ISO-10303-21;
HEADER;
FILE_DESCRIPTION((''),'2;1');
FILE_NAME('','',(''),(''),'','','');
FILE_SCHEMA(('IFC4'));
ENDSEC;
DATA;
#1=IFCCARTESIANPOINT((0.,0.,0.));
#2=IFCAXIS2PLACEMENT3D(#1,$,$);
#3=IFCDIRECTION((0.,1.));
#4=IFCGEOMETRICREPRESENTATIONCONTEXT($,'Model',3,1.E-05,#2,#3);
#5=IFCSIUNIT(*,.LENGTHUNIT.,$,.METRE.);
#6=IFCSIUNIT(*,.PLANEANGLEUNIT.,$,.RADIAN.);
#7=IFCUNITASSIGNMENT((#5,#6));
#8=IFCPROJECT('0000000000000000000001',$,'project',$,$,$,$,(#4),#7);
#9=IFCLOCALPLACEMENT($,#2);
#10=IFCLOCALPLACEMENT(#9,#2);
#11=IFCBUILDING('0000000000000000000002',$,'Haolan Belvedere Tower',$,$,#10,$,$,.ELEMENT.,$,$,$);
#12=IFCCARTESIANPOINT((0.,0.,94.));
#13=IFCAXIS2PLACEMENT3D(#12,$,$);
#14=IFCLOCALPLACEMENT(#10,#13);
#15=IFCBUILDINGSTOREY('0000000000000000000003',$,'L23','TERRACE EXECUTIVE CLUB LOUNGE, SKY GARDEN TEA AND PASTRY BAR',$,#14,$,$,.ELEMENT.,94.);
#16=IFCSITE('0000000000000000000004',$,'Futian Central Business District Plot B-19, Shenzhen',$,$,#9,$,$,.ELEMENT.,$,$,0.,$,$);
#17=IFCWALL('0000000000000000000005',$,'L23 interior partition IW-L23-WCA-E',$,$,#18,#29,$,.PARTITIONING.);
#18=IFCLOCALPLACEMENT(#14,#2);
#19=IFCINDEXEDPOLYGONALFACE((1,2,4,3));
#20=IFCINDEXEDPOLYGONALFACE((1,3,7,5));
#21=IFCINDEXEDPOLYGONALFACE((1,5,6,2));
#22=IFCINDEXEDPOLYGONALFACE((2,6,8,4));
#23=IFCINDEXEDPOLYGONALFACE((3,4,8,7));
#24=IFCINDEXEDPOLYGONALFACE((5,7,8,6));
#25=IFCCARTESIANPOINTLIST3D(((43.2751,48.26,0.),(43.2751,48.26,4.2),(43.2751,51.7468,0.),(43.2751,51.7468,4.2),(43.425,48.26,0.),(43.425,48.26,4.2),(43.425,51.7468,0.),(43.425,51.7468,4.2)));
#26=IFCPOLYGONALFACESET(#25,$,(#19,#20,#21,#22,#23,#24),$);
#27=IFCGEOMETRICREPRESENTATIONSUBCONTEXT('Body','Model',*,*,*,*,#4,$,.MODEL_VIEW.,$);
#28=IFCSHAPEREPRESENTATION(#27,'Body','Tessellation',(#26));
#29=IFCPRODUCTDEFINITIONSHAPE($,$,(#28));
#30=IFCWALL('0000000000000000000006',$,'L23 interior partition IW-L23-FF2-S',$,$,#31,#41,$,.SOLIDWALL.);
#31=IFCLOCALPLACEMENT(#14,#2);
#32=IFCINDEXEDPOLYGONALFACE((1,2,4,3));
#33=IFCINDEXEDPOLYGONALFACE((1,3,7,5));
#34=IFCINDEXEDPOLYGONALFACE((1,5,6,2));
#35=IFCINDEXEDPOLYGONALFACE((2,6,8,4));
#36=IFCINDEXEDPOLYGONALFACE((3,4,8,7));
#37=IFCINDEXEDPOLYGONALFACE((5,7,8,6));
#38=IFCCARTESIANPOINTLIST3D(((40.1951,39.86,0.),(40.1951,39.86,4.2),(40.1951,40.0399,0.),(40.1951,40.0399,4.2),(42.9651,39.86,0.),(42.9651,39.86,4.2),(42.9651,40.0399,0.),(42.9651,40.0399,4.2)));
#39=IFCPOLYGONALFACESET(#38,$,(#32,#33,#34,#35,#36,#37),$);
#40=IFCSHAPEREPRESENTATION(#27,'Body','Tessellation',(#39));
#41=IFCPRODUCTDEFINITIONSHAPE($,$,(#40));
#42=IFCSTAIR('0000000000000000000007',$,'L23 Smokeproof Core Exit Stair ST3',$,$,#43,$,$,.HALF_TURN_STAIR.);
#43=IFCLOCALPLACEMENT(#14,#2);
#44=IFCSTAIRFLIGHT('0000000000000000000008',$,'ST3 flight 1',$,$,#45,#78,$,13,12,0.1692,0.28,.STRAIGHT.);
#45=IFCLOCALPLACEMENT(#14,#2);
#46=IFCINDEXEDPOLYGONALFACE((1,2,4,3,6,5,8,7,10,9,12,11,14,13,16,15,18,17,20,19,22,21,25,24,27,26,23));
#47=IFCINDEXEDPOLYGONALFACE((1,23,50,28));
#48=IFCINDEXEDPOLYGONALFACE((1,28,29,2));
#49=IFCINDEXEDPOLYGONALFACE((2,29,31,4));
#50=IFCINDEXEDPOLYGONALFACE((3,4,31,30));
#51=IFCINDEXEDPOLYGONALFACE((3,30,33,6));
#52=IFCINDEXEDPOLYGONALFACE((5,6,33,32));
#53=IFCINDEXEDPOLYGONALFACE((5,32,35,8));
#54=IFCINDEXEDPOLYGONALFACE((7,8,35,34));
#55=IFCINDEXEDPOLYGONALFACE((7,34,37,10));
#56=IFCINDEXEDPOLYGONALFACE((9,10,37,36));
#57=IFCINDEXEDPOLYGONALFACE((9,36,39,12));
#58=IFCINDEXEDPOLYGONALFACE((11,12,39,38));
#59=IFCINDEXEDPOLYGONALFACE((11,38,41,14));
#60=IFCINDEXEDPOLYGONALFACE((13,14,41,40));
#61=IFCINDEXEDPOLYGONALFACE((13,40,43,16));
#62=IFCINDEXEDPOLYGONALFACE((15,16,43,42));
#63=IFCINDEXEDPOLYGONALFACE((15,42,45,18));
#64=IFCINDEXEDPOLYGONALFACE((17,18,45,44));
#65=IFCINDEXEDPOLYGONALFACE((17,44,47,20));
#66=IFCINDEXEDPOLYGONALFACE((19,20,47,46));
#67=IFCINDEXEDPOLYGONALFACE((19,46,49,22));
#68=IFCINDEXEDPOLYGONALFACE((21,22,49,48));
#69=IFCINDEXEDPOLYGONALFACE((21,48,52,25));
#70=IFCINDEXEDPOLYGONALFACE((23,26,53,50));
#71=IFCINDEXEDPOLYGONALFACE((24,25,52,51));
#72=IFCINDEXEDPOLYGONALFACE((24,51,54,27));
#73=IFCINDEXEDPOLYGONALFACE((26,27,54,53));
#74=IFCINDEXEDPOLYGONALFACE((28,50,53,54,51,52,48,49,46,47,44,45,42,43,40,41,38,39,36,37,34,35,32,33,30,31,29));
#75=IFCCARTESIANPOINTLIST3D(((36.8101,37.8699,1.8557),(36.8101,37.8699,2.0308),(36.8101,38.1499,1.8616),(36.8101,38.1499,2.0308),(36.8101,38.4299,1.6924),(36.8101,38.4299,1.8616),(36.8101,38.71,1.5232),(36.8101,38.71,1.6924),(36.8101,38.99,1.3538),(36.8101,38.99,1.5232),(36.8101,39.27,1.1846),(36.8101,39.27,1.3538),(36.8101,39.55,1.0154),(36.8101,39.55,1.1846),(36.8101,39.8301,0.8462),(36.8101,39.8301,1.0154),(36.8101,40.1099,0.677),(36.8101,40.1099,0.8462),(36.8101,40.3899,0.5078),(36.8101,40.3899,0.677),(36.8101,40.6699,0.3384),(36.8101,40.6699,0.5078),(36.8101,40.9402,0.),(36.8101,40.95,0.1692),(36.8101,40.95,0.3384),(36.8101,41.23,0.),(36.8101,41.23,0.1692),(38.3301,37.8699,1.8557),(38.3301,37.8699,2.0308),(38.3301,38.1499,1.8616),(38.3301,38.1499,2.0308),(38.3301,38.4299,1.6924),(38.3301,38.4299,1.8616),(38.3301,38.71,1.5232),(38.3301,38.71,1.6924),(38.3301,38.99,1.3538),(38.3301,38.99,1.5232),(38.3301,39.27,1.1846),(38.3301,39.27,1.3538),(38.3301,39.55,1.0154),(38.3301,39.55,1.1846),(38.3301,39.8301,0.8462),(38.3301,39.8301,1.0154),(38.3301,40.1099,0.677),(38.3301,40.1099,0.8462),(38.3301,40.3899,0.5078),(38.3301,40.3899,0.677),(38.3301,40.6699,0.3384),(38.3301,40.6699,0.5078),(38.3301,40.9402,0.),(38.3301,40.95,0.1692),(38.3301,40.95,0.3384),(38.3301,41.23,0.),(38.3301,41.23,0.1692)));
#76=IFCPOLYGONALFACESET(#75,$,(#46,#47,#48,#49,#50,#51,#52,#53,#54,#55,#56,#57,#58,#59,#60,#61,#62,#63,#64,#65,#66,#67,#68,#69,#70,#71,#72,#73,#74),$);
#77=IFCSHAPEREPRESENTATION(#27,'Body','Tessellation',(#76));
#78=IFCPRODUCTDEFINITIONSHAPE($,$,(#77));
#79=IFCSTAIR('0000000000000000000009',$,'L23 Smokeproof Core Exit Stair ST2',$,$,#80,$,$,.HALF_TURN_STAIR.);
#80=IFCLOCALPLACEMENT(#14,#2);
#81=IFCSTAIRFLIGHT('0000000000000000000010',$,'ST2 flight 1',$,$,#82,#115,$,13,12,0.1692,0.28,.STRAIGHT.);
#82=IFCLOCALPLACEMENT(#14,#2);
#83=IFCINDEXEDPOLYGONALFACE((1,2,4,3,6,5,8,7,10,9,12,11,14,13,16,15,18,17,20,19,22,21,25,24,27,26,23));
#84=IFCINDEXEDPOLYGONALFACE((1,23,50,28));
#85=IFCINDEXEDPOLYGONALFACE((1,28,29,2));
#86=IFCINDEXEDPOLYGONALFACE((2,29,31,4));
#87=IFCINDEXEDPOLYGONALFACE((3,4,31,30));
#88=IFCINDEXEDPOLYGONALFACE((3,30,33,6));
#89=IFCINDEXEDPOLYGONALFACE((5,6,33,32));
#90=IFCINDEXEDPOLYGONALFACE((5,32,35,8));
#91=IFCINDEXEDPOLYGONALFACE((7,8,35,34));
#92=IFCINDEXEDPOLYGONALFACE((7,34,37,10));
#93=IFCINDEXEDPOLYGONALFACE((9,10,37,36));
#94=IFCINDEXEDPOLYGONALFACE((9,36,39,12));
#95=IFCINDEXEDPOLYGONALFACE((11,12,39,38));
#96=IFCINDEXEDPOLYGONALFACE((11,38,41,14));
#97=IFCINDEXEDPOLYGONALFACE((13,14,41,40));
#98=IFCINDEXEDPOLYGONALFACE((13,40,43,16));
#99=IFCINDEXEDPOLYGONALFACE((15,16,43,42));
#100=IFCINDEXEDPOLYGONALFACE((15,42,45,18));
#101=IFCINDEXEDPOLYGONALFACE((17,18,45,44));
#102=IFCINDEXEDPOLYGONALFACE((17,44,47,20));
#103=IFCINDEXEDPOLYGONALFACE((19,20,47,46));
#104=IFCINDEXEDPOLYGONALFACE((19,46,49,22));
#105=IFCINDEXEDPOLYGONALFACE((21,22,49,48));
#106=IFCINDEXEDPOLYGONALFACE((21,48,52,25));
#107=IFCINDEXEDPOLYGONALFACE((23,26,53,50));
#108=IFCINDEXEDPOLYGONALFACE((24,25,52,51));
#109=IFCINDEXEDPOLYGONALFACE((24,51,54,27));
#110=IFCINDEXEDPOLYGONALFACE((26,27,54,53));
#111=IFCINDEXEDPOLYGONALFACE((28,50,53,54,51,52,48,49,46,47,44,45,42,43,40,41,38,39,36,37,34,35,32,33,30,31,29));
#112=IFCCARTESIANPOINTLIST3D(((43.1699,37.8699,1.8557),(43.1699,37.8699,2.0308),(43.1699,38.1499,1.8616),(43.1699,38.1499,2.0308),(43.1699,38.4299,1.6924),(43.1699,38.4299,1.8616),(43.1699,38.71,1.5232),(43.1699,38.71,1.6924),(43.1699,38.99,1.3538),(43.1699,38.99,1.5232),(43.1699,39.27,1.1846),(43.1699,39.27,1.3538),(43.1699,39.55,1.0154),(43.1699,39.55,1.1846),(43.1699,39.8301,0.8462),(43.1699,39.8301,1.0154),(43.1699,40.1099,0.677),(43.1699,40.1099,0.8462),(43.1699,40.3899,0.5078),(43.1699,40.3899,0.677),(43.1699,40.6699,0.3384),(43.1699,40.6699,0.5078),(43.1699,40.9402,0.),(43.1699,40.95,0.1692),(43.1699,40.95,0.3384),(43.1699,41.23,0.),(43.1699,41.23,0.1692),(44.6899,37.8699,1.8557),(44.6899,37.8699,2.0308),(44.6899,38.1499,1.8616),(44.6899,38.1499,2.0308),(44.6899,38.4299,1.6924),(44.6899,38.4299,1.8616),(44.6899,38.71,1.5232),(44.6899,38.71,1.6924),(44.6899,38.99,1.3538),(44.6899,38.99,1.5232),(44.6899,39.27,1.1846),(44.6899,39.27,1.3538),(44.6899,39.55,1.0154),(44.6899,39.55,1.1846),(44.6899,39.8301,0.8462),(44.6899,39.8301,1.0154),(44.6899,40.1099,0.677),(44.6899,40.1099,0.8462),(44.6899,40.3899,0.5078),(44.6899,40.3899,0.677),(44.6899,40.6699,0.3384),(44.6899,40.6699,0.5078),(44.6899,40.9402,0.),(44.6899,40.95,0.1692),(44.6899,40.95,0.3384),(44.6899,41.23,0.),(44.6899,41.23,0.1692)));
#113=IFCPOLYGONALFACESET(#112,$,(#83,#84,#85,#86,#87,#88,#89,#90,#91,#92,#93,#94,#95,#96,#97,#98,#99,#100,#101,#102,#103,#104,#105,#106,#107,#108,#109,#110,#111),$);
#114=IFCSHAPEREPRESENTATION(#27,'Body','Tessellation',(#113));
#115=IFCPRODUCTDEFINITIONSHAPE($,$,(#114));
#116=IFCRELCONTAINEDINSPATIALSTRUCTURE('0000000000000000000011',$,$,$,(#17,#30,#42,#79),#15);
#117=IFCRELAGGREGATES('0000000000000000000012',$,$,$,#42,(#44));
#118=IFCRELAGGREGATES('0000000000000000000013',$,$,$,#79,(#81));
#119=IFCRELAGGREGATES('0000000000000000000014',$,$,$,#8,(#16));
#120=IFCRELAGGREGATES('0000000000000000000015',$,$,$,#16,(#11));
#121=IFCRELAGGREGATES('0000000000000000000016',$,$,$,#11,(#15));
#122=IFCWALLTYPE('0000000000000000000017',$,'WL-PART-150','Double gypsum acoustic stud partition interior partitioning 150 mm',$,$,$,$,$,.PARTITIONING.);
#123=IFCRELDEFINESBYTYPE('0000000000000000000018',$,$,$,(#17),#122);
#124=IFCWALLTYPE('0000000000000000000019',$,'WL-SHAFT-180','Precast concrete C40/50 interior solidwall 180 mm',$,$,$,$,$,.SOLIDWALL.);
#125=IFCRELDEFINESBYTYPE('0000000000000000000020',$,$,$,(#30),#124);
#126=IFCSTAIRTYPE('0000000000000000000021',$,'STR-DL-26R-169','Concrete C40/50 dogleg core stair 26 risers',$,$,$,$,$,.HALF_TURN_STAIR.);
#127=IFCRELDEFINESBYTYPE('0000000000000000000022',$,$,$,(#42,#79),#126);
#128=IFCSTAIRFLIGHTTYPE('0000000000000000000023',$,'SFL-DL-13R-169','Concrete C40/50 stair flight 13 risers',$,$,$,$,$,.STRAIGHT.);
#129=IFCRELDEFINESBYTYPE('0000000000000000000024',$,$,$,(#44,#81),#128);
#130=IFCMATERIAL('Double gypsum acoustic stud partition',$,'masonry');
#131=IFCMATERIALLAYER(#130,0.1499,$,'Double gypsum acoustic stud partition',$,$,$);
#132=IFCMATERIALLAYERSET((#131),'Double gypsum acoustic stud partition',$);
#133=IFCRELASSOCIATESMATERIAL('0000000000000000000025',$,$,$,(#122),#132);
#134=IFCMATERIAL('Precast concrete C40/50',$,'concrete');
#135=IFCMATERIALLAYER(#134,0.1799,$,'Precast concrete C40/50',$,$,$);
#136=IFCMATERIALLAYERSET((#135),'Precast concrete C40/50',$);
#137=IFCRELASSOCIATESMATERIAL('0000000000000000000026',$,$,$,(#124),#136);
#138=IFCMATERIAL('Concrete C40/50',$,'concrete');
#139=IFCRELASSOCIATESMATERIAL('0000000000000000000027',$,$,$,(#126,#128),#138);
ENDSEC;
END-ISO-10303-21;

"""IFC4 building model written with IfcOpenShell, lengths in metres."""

from ifc_helpers import new_model, si_unit, direction, frame, frame_2d, origin, place, context, subcontext, project, spatial, polyline, rectangle, outline, extrude, material, layer, layer_set, type_object, element, aggregate, save


model = new_model("IFC4")

# Units and contexts
model_context = context("Model", 3, precision=1e-05, world=origin(), true_north=direction((0.0, 1.0)))
body_context = subcontext(model_context, "Body", "Model", "MODEL_VIEW")
ifc_project = project(units=[si_unit("LENGTHUNIT", "METRE"), si_unit("PLANEANGLEUNIT", "RADIAN")], contexts=[model_context])

# Site, building, storey
site_placement = place(None, origin())
site = spatial("IfcSite", under=ifc_project, at=site_placement, Name="Futian Central Business District Plot B-19, Shenzhen", CompositionType="ELEMENT", RefElevation=0.0)
building_placement = place(site_placement, origin())
building = spatial("IfcBuilding", under=site, at=building_placement, Name="Haolan Belvedere Tower", CompositionType="ELEMENT")
storey_placement = place(building_placement, frame((0.0, 0.0, 94.0)))
storey = spatial("IfcBuildingStorey", under=building, at=storey_placement, Name="L23", Description="TERRACE EXECUTIVE CLUB LOUNGE, SKY GARDEN TEA AND PASTRY BAR", CompositionType="ELEMENT", Elevation=94.0)

# Shared definitions
ifc_material_1 = material(Name="Precast concrete C40/50", Category="concrete")

# Shared definitions
ifc_material_2 = material(Name="Double gypsum acoustic stud partition", Category="masonry")
ifc_layer_1 = layer(ifc_material_2, 0.1499, Name="Double gypsum acoustic stud partition")
ifc_layer_set_1 = layer_set([ifc_layer_1], Name="Double gypsum acoustic stud partition")
wall_type_1 = type_object("IfcWallType", Name="WL-PART-150", Description="Double gypsum acoustic stud partition interior partitioning 150 mm", PredefinedType="PARTITIONING", material=ifc_layer_set_1)

# Walls
wall_1_placement = place(storey_placement, frame((43.3501, 48.26, 0.0), z_axis=(0.0, 0.0, 1.0), x_axis=(0.0, 1.0, 0.0)))
element("IfcWall", 1, at=wall_1_placement, inside=storey, type_object=wall_type_1, Name="L23 interior partition IW-L23-WCA-E", PredefinedType="PARTITIONING", context=body_context, shape_type="SweptSolid", body=[
    extrude(rectangle(XDim=3.4868, YDim=0.1499, at=frame_2d((1.7434, 0.0))), origin(), (0.0, 0.0, 1.0), 4.2),
])
ifc_layer_2 = layer(ifc_material_1, 0.1799, Name="Precast concrete C40/50")
ifc_layer_set_2 = layer_set([ifc_layer_2], Name="Precast concrete C40/50")
wall_type_2 = type_object("IfcWallType", Name="WL-SHAFT-180", Description="Precast concrete C40/50 interior solidwall 180 mm", PredefinedType="SOLIDWALL", material=ifc_layer_set_2)
wall_2_placement = place(storey_placement, frame((40.1951, 39.95, 0.0), z_axis=(0.0, 0.0, 1.0), x_axis=(1.0, 0.0, 0.0)))
element("IfcWall", 2, at=wall_2_placement, inside=storey, type_object=wall_type_2, Name="L23 interior partition IW-L23-FF2-S", PredefinedType="SOLIDWALL", context=body_context, shape_type="SweptSolid", body=[
    extrude(rectangle(XDim=2.77, YDim=0.1799, at=frame_2d((1.385, 0.0))), origin(), (0.0, 0.0, 1.0), 4.2),
])

# Stairs, stair flights
ifc_material_3 = material(Name="Concrete C40/50", Category="concrete")
stair_type = type_object("IfcStairType", Name="STR-DL-26R-169", Description="Concrete C40/50 dogleg core stair 26 risers", PredefinedType="HALF_TURN_STAIR", material=ifc_material_3)
stair_1_placement = place(storey_placement, origin())
stair_1 = element("IfcStair", 3, at=stair_1_placement, inside=storey, type_object=stair_type, Name="L23 Smokeproof Core Exit Stair ST3", PredefinedType="HALF_TURN_STAIR")
stair_flight_type = type_object("IfcStairFlightType", Name="SFL-DL-13R-169", Description="Concrete C40/50 stair flight 13 risers", PredefinedType="STRAIGHT", material=ifc_material_3)
stair_flight_1_placement = place(storey_placement, frame((37.5701, 41.23, 0.0), z_axis=(0.0, 0.0, 1.0), x_axis=(0.0, -1.0, 0.0)))
stair_flight_1 = element("IfcStairFlight", 4, at=stair_flight_1_placement, type_object=stair_flight_type, Name="ST3 flight 1", NumberOfRisers=13, NumberOfTreads=12, PredefinedType="STRAIGHT", RiserHeight=0.1692, TreadLength=0.28, context=body_context, shape_type="SweptSolid", body=[
    extrude(outline(polyline([(0.0, 0.0), (0.0, 0.1692), (0.28, 0.1692), (0.28, 0.3384), (0.5601, 0.3384), (0.5601, 0.5078), (0.8401, 0.5078), (0.8401, 0.677), (1.1201, 0.677), (1.1201, 0.8462), (1.3999, 0.8462), (1.3999, 1.0154), (1.6799, 1.0154), (1.6799, 1.1846), (1.96, 1.1846), (1.96, 1.3538), (2.24, 1.3538), (2.24, 1.5232), (2.52, 1.5232), (2.52, 1.6924), (2.8, 1.6924), (2.8, 1.8616), (3.0801, 1.8616), (3.0801, 2.0308), (3.3601, 2.0308), (3.3601, 2.2), (3.3601, 1.8557), (0.2898, 0.0), (0.0, 0.0)])), frame((0.0, 0.76, 0.0), z_axis=(0.0, -1.0, 0.0), x_axis=(1.0, 0.0, 0.0)), (0.0, 0.0, 1.0), 1.52),
])
aggregate(stair_1, [stair_flight_1])
stair_2_placement = place(storey_placement, origin())
stair_2 = element("IfcStair", 5, at=stair_2_placement, inside=storey, type_object=stair_type, Name="L23 Smokeproof Core Exit Stair ST2", PredefinedType="HALF_TURN_STAIR")
stair_flight_2_placement = place(storey_placement, frame((43.9299, 41.23, 0.0), z_axis=(0.0, 0.0, 1.0), x_axis=(0.0, -1.0, 0.0)))
stair_flight_2 = element("IfcStairFlight", 6, at=stair_flight_2_placement, type_object=stair_flight_type, Name="ST2 flight 1", NumberOfRisers=13, NumberOfTreads=12, PredefinedType="STRAIGHT", RiserHeight=0.1692, TreadLength=0.28, context=body_context, shape_type="SweptSolid", body=[
    extrude(outline(polyline([(0.0, 0.0), (0.0, 0.1692), (0.28, 0.1692), (0.28, 0.3384), (0.5601, 0.3384), (0.5601, 0.5078), (0.8401, 0.5078), (0.8401, 0.677), (1.1201, 0.677), (1.1201, 0.8462), (1.3999, 0.8462), (1.3999, 1.0154), (1.6799, 1.0154), (1.6799, 1.1846), (1.96, 1.1846), (1.96, 1.3538), (2.24, 1.3538), (2.24, 1.5232), (2.52, 1.5232), (2.52, 1.6924), (2.8, 1.6924), (2.8, 1.8616), (3.0801, 1.8616), (3.0801, 2.0308), (3.3601, 2.0308), (3.3601, 2.2), (3.3601, 1.8557), (0.2898, 0.0), (0.0, 0.0)])), frame((0.0, 0.76, 0.0), z_axis=(0.0, -1.0, 0.0), x_axis=(1.0, 0.0, 0.0)), (0.0, 0.0, 1.0), 1.52),
])
aggregate(stair_2, [stair_flight_2])

save(model, "model.ifc")
